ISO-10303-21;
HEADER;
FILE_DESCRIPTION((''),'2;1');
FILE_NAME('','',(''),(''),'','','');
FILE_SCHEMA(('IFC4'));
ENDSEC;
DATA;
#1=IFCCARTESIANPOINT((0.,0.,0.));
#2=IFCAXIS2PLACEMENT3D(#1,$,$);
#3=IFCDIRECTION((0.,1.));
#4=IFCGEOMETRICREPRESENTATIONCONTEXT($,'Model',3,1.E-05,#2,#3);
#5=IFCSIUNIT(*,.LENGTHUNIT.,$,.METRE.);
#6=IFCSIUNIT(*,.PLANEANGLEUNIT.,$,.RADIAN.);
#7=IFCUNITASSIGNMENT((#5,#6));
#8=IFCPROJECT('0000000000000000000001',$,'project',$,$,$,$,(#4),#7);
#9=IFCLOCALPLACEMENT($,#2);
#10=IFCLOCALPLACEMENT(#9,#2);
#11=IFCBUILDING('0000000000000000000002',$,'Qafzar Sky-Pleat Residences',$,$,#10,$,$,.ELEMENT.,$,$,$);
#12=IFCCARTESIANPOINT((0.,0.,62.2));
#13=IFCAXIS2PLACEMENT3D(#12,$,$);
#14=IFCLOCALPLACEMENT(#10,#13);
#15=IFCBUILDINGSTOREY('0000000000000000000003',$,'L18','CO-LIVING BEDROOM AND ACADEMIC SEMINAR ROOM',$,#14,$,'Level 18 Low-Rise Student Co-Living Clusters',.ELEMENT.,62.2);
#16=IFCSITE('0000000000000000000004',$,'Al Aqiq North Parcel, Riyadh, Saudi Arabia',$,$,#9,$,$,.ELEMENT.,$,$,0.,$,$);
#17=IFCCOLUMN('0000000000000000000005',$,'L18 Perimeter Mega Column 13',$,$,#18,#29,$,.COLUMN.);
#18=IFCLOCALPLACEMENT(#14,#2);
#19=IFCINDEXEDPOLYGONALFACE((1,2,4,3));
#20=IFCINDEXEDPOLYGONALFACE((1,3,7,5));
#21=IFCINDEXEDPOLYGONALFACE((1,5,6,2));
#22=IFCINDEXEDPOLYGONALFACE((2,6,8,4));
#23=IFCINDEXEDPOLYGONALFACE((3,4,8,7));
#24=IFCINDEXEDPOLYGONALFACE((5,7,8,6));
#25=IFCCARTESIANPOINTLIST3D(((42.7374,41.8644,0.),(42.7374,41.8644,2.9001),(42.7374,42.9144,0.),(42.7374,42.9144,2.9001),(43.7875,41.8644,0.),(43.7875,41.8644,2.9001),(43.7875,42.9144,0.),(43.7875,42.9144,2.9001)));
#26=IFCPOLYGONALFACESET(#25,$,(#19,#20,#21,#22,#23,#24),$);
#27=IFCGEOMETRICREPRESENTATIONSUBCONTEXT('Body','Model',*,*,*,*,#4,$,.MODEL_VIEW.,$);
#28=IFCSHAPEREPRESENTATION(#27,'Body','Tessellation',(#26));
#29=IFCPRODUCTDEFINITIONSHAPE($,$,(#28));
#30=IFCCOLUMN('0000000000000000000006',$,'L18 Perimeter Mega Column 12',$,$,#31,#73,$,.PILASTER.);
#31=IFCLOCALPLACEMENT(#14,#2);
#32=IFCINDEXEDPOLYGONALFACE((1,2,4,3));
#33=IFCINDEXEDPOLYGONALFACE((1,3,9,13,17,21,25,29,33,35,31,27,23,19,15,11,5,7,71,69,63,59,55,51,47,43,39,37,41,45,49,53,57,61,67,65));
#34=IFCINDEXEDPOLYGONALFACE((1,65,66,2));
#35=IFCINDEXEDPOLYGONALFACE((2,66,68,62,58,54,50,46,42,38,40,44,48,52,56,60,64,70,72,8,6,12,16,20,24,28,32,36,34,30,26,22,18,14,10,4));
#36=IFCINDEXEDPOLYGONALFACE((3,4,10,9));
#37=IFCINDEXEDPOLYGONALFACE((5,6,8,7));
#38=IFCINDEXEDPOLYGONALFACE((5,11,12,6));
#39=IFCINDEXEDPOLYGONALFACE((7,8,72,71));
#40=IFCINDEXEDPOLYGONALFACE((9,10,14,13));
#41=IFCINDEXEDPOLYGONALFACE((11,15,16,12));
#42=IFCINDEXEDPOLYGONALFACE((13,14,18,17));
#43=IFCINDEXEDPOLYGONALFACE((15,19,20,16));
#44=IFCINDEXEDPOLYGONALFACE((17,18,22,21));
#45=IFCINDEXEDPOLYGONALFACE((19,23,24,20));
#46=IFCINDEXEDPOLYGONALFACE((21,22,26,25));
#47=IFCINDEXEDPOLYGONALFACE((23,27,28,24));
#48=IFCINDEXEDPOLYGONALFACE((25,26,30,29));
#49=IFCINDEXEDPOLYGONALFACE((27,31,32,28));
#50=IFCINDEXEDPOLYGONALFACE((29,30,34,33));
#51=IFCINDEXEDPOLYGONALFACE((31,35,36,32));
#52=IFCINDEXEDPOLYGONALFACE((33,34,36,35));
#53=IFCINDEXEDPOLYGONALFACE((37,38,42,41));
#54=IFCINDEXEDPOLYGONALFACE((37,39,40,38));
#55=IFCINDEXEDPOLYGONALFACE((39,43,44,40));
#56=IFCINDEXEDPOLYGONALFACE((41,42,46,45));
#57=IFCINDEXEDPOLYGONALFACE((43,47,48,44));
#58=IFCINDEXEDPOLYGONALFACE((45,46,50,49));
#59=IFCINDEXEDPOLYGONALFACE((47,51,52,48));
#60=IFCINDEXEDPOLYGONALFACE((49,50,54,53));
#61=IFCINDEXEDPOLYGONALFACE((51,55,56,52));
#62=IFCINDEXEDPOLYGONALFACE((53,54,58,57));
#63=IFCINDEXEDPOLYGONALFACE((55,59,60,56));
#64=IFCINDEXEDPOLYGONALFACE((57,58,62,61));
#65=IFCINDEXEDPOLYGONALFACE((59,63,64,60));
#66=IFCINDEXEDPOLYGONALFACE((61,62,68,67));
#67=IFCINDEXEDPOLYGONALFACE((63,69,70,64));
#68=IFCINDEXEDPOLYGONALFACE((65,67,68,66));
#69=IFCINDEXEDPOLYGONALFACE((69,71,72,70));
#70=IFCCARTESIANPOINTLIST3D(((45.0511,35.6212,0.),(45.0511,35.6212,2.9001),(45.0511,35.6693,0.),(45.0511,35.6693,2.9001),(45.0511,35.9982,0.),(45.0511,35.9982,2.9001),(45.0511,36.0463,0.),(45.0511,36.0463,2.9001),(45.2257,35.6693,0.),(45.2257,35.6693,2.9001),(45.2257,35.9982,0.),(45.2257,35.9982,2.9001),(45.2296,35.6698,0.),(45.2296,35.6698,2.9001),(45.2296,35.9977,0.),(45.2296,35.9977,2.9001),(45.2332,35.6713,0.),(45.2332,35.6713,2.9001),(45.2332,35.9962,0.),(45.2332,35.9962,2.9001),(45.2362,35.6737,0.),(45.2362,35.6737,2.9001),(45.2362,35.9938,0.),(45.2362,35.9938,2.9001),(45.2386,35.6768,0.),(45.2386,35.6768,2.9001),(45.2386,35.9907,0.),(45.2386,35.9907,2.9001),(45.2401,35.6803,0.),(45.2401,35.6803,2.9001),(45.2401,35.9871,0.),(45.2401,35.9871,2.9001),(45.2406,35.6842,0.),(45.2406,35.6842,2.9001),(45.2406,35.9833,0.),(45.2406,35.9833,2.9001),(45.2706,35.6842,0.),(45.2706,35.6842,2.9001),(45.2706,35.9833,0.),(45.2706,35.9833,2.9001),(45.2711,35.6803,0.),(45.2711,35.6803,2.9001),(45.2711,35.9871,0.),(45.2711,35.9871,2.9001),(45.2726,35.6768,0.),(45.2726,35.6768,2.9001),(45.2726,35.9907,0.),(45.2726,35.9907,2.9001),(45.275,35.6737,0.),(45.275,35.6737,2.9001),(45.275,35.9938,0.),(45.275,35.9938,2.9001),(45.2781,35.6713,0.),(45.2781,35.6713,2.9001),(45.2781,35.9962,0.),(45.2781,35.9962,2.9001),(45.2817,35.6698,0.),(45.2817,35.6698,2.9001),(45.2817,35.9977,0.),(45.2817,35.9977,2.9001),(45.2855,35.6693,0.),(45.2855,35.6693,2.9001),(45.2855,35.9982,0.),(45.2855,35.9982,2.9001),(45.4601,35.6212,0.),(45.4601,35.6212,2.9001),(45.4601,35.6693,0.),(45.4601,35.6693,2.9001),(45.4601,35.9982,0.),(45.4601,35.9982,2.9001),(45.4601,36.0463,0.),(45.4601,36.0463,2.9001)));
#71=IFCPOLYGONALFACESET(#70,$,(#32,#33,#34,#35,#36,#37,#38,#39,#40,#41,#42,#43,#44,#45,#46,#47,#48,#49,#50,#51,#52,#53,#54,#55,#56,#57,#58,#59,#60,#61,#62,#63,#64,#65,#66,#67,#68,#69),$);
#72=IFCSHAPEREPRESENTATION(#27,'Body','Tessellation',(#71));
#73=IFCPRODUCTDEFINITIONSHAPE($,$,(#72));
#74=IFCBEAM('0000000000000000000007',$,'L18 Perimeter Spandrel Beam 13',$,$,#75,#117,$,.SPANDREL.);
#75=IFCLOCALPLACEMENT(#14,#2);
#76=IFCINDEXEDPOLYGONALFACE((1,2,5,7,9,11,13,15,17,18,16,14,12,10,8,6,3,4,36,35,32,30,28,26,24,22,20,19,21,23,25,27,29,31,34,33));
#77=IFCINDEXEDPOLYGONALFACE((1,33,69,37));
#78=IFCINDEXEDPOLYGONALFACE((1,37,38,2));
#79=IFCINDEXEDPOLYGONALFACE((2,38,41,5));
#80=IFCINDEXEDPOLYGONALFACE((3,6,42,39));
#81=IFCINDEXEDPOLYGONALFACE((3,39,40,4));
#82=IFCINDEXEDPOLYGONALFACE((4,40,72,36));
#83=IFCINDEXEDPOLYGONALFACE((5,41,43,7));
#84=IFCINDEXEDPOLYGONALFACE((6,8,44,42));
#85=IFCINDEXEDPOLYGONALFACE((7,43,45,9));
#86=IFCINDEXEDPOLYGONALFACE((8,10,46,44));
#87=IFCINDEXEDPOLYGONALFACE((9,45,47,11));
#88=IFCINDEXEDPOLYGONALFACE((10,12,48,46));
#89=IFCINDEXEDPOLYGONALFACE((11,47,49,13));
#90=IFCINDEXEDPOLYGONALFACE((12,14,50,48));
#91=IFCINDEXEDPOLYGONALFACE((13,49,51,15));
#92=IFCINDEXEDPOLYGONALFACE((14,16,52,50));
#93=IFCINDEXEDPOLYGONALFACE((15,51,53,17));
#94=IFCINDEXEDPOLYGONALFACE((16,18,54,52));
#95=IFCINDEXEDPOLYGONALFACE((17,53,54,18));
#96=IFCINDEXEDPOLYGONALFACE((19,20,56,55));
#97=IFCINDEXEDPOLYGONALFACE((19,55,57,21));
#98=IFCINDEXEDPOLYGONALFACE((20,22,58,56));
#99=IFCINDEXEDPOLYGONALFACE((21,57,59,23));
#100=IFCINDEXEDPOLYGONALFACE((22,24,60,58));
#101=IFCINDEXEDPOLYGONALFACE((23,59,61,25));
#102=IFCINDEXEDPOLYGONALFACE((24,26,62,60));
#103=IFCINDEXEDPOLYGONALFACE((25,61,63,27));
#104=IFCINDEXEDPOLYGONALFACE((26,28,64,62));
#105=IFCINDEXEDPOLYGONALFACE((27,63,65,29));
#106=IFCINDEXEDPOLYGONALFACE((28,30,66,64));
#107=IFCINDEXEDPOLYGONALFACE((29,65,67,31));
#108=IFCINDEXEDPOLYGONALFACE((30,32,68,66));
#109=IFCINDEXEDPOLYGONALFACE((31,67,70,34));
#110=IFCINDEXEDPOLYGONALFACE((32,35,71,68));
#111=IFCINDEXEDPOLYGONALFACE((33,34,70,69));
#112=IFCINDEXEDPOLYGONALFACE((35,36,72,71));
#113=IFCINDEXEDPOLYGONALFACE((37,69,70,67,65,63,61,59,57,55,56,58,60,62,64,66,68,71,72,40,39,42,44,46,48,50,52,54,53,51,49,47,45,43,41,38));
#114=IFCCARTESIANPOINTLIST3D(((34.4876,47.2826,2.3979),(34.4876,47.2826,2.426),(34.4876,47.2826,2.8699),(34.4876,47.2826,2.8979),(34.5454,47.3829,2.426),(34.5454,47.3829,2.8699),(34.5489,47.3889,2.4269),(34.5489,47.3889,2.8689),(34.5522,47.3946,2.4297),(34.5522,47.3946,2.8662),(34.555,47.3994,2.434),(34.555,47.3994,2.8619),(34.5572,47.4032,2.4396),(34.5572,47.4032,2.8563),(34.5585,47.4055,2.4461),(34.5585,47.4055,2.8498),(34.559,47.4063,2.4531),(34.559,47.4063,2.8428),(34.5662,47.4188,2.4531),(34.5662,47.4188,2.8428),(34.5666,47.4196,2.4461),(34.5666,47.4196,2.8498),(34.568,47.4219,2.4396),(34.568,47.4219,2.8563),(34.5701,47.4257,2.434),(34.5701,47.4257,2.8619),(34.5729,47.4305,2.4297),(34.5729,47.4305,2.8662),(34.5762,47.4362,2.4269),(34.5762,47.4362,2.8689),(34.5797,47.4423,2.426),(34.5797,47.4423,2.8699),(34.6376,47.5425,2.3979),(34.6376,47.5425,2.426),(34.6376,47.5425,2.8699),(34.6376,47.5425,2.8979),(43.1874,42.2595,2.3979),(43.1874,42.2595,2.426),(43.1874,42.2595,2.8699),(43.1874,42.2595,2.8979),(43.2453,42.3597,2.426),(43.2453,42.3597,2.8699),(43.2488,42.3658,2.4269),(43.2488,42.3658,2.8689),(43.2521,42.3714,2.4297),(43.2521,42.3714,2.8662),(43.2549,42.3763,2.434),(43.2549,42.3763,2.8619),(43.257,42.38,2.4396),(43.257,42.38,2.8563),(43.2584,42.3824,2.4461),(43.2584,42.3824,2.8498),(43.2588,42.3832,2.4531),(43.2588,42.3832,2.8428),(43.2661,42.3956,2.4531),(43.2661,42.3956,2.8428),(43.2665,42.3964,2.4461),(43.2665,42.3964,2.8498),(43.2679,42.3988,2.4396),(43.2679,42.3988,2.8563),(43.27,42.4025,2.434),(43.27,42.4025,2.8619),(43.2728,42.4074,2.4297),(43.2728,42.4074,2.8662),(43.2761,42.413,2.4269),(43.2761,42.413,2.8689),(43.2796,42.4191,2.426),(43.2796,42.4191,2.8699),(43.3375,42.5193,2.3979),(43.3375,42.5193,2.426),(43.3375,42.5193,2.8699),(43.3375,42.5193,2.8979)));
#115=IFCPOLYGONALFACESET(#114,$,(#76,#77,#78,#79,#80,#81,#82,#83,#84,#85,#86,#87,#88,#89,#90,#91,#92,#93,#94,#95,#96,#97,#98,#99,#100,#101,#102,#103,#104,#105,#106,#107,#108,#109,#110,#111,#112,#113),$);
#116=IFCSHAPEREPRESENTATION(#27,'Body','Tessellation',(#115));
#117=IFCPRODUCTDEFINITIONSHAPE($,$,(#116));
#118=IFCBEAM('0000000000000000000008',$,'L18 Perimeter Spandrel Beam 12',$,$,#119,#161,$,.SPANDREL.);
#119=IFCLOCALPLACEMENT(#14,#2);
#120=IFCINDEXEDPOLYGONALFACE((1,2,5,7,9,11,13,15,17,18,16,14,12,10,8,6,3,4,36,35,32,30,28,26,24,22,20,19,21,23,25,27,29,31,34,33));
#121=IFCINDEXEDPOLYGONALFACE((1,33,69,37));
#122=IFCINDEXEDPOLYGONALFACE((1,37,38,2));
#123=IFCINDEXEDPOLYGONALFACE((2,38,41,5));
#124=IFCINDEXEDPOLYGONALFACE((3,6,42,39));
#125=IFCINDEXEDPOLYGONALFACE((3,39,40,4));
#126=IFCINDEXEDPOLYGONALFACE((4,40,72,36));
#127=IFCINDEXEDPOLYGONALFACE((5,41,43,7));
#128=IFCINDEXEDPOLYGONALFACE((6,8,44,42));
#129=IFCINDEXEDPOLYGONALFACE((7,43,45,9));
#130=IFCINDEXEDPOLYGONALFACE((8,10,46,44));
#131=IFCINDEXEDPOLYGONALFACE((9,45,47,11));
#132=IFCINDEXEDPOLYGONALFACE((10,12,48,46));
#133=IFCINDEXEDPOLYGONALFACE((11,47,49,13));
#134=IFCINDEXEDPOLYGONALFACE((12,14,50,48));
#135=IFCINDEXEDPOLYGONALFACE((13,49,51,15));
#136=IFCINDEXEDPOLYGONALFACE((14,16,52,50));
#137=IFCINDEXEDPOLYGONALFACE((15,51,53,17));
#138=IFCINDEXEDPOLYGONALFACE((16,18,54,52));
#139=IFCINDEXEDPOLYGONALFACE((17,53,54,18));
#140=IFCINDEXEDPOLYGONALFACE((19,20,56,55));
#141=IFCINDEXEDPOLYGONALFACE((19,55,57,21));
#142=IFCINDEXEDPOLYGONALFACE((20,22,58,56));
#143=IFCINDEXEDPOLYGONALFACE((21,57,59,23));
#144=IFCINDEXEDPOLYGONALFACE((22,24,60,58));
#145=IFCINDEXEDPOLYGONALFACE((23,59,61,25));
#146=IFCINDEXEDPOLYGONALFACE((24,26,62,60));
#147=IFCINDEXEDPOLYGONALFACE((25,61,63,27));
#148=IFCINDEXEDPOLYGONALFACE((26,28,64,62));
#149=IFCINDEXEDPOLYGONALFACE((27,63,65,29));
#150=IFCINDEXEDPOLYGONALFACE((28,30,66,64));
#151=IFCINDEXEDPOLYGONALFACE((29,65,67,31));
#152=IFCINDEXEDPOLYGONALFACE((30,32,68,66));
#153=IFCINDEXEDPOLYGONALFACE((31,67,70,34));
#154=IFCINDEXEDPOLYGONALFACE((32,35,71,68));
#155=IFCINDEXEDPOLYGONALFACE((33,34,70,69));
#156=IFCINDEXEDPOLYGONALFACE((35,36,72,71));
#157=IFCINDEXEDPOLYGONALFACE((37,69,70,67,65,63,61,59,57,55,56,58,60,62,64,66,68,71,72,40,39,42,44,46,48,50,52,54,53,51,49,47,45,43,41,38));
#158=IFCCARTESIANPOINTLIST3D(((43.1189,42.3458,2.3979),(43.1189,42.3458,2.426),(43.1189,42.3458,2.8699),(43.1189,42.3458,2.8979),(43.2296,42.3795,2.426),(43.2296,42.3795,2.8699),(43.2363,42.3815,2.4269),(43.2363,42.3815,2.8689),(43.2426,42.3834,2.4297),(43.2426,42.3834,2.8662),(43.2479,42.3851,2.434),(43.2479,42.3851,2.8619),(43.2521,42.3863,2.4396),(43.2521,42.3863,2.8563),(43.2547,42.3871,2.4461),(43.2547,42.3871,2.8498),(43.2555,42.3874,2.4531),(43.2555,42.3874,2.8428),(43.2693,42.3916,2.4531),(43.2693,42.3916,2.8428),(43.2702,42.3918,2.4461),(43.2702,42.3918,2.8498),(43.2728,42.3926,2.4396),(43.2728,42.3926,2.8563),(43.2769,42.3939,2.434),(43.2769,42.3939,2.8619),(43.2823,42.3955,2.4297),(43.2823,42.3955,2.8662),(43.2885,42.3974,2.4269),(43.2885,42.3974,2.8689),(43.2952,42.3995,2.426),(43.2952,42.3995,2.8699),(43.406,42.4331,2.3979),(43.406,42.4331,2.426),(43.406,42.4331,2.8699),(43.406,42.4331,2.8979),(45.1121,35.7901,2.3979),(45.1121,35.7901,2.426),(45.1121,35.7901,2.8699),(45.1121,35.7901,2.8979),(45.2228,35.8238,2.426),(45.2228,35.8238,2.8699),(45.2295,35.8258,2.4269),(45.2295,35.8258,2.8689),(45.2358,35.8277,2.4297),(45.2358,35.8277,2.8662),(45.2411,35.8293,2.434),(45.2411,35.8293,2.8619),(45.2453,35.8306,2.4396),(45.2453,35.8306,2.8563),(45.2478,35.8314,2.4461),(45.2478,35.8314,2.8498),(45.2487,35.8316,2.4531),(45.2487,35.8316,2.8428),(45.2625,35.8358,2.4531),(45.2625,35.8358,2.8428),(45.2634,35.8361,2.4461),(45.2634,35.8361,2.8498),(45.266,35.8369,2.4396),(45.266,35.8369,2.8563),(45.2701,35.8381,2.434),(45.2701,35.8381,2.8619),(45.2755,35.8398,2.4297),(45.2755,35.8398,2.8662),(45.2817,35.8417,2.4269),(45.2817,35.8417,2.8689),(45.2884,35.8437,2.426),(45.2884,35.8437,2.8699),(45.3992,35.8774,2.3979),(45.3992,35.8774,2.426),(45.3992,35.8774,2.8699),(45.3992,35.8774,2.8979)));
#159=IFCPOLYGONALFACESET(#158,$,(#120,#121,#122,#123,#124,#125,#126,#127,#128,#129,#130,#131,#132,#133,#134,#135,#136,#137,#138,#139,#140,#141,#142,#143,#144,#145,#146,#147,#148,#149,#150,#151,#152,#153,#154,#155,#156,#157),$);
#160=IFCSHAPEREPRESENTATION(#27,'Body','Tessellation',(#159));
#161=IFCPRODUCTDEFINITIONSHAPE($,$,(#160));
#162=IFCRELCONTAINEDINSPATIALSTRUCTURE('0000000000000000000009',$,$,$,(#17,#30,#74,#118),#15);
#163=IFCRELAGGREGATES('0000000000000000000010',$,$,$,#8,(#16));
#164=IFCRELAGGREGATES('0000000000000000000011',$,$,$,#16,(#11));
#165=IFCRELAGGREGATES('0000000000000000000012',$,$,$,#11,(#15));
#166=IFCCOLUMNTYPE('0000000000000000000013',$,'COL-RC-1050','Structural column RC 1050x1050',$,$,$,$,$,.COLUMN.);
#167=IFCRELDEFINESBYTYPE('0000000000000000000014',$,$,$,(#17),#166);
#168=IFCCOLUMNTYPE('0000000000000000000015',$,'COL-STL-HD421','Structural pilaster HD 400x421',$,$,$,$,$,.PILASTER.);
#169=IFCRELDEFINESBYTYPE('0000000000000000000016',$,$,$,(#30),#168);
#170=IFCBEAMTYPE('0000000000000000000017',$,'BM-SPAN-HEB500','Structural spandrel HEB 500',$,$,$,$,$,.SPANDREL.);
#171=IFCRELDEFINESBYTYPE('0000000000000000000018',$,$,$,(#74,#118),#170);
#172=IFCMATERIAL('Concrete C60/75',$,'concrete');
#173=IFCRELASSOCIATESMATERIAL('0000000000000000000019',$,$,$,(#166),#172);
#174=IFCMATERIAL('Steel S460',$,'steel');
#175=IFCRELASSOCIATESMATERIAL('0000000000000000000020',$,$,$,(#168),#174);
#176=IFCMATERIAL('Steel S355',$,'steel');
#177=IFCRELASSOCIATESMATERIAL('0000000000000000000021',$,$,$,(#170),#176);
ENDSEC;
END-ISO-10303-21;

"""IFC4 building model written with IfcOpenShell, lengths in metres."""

from ifc_helpers import new_model, si_unit, direction, frame, origin, origin_2d, place, context, subcontext, project, spatial, rectangle, i_section, extrude, source, transform, mapped, material, material_profile, profile_set, type_object, element, save


model = new_model("IFC4")

# Units and contexts
model_context = context("Model", 3, precision=1e-05, world=origin(), true_north=direction((0.0, 1.0)))
body_context = subcontext(model_context, "Body", "Model", "MODEL_VIEW")
ifc_project = project(units=[si_unit("LENGTHUNIT", "METRE"), si_unit("PLANEANGLEUNIT", "RADIAN")], contexts=[model_context])

# Site, building, storey
site_placement = place(None, origin())
site = spatial("IfcSite", under=ifc_project, at=site_placement, Name="Al Aqiq North Parcel, Riyadh, Saudi Arabia", CompositionType="ELEMENT", RefElevation=0.0)
building_placement = place(site_placement, origin())
building = spatial("IfcBuilding", under=site, at=building_placement, Name="Qafzar Sky-Pleat Residences", CompositionType="ELEMENT")
storey_placement = place(building_placement, frame((0.0, 0.0, 62.2)))
storey = spatial("IfcBuildingStorey", under=building, at=storey_placement, Name="L18", Description="CO-LIVING BEDROOM AND ACADEMIC SEMINAR ROOM", LongName="Level 18 Low-Rise Student Co-Living Clusters", CompositionType="ELEMENT", Elevation=62.2)

# Columns
ifc_material_1 = material(Name="Concrete C60/75", Category="concrete")
ifc_material_profile_1 = material_profile(ifc_material_1, rectangle(XDim=1.05, YDim=1.05, at=origin_2d()), Name="RC 1050x1050")
ifc_profile_set_1 = profile_set([ifc_material_profile_1], Name="Concrete C60/75")
column_type_1 = type_object("IfcColumnType", Name="COL-RC-1050", Description="Structural column RC 1050x1050", PredefinedType="COLUMN", material=ifc_profile_set_1)
shared_shape_1 = source(origin(), body_context, "Body", "SweptSolid", [
    extrude(rectangle(XDim=1.05, YDim=1.05, at=origin_2d()), origin(), (0.0, 0.0, 1.0), 2.9001),
])
column_1_placement = place(storey_placement, frame((43.2625, 42.3894, 0.0), z_axis=(0.0, 0.0, 1.0), x_axis=(1.0, 0.0, 0.0)))
element("IfcColumn", 1, at=column_1_placement, inside=storey, type_object=column_type_1, Name="L18 Perimeter Mega Column 13", PredefinedType="COLUMN", context=body_context, shape_type="MappedRepresentation", body=[
    mapped(shared_shape_1, transform((0.0, 0.0, 0.0), x_axis=(1.0, 0.0, 0.0), y_axis=(0.0, 1.0, 0.0), z_axis=(0.0, 0.0, 1.0), scale=1.0)),
])
ifc_material_2 = material(Name="Steel S460", Category="steel")
ifc_material_profile_2 = material_profile(ifc_material_2, i_section(OverallWidth=0.4089, OverallDepth=0.425, WebThickness=0.03, FlangeThickness=0.0481, FilletRadius=0.0149, at=origin_2d()), Name="HD 400x421")
ifc_profile_set_2 = profile_set([ifc_material_profile_2], Name="Steel S460")
column_type_2 = type_object("IfcColumnType", Name="COL-STL-HD421", Description="Structural pilaster HD 400x421", PredefinedType="PILASTER", material=ifc_profile_set_2)
shared_shape_2 = source(origin(), body_context, "Body", "SweptSolid", [
    extrude(i_section(OverallWidth=0.4089, OverallDepth=0.425, WebThickness=0.03, FlangeThickness=0.0481, FilletRadius=0.0149, at=origin_2d()), origin(), (0.0, 0.0, 1.0), 2.9001),
])
column_2_placement = place(storey_placement, frame((45.2556, 35.8337, 0.0), z_axis=(0.0, 0.0, 1.0), x_axis=(1.0, 0.0, 0.0)))
element("IfcColumn", 2, at=column_2_placement, inside=storey, type_object=column_type_2, Name="L18 Perimeter Mega Column 12", PredefinedType="PILASTER", context=body_context, shape_type="MappedRepresentation", body=[
    mapped(shared_shape_2, transform((0.0, 0.0, 0.0), x_axis=(1.0, 0.0, 0.0), y_axis=(0.0, 1.0, 0.0), z_axis=(0.0, 0.0, 1.0), scale=1.0)),
])

# Beams
ifc_material_3 = material(Name="Steel S355", Category="steel")
ifc_material_profile_3 = material_profile(ifc_material_3, i_section(OverallWidth=0.3, OverallDepth=0.5, WebThickness=0.0144, FlangeThickness=0.0281, FilletRadius=0.0271, at=origin_2d()), Name="HEB 500")
ifc_profile_set_3 = profile_set([ifc_material_profile_3], Name="Steel S355")
beam_type_1 = type_object("IfcBeamType", Name="BM-SPAN-HEB500", Description="Structural spandrel HEB 500", PredefinedType="SPANDREL", material=ifc_profile_set_3)
shared_shape_3 = source(origin(), body_context, "Body", "SweptSolid", [
    extrude(i_section(OverallWidth=0.3, OverallDepth=0.5, WebThickness=0.0144, FlangeThickness=0.0281, FilletRadius=0.0271, at=origin_2d()), origin(), (0.0, 0.0, 1.0), 10.0459),
])
beam_1_placement = place(storey_placement, frame((43.2625, 42.3894, 2.6479), z_axis=(-0.866014, 0.50002, 0.0), x_axis=(-0.50002, -0.866014, 0.0)))
element("IfcBeam", 3, at=beam_1_placement, inside=storey, type_object=beam_type_1, Name="L18 Perimeter Spandrel Beam 13", PredefinedType="SPANDREL", context=body_context, shape_type="MappedRepresentation", body=[
    mapped(shared_shape_3, transform((0.0, 0.0, 0.0), x_axis=(1.0, 0.0, 0.0), y_axis=(0.0, 1.0, 0.0), z_axis=(0.0, 0.0, 1.0), scale=1.0)),
])
shared_shape_4 = source(origin(), body_context, "Body", "SweptSolid", [
    extrude(i_section(OverallWidth=0.3, OverallDepth=0.5, WebThickness=0.0144, FlangeThickness=0.0281, FilletRadius=0.0271, at=origin_2d()), origin(), (0.0, 0.0, 1.0), 6.8521),
])
beam_2_placement = place(storey_placement, frame((45.2556, 35.8337, 2.6479), z_axis=(-0.290889, 0.956757, 0.0), x_axis=(-0.956757, -0.290889, 0.0)))
element("IfcBeam", 4, at=beam_2_placement, inside=storey, type_object=beam_type_1, Name="L18 Perimeter Spandrel Beam 12", PredefinedType="SPANDREL", context=body_context, shape_type="MappedRepresentation", body=[
    mapped(shared_shape_4, transform((0.0, 0.0, 0.0), x_axis=(1.0, 0.0, 0.0), y_axis=(0.0, 1.0, 0.0), z_axis=(0.0, 0.0, 1.0), scale=1.0)),
])

save(model, "model.ifc")
